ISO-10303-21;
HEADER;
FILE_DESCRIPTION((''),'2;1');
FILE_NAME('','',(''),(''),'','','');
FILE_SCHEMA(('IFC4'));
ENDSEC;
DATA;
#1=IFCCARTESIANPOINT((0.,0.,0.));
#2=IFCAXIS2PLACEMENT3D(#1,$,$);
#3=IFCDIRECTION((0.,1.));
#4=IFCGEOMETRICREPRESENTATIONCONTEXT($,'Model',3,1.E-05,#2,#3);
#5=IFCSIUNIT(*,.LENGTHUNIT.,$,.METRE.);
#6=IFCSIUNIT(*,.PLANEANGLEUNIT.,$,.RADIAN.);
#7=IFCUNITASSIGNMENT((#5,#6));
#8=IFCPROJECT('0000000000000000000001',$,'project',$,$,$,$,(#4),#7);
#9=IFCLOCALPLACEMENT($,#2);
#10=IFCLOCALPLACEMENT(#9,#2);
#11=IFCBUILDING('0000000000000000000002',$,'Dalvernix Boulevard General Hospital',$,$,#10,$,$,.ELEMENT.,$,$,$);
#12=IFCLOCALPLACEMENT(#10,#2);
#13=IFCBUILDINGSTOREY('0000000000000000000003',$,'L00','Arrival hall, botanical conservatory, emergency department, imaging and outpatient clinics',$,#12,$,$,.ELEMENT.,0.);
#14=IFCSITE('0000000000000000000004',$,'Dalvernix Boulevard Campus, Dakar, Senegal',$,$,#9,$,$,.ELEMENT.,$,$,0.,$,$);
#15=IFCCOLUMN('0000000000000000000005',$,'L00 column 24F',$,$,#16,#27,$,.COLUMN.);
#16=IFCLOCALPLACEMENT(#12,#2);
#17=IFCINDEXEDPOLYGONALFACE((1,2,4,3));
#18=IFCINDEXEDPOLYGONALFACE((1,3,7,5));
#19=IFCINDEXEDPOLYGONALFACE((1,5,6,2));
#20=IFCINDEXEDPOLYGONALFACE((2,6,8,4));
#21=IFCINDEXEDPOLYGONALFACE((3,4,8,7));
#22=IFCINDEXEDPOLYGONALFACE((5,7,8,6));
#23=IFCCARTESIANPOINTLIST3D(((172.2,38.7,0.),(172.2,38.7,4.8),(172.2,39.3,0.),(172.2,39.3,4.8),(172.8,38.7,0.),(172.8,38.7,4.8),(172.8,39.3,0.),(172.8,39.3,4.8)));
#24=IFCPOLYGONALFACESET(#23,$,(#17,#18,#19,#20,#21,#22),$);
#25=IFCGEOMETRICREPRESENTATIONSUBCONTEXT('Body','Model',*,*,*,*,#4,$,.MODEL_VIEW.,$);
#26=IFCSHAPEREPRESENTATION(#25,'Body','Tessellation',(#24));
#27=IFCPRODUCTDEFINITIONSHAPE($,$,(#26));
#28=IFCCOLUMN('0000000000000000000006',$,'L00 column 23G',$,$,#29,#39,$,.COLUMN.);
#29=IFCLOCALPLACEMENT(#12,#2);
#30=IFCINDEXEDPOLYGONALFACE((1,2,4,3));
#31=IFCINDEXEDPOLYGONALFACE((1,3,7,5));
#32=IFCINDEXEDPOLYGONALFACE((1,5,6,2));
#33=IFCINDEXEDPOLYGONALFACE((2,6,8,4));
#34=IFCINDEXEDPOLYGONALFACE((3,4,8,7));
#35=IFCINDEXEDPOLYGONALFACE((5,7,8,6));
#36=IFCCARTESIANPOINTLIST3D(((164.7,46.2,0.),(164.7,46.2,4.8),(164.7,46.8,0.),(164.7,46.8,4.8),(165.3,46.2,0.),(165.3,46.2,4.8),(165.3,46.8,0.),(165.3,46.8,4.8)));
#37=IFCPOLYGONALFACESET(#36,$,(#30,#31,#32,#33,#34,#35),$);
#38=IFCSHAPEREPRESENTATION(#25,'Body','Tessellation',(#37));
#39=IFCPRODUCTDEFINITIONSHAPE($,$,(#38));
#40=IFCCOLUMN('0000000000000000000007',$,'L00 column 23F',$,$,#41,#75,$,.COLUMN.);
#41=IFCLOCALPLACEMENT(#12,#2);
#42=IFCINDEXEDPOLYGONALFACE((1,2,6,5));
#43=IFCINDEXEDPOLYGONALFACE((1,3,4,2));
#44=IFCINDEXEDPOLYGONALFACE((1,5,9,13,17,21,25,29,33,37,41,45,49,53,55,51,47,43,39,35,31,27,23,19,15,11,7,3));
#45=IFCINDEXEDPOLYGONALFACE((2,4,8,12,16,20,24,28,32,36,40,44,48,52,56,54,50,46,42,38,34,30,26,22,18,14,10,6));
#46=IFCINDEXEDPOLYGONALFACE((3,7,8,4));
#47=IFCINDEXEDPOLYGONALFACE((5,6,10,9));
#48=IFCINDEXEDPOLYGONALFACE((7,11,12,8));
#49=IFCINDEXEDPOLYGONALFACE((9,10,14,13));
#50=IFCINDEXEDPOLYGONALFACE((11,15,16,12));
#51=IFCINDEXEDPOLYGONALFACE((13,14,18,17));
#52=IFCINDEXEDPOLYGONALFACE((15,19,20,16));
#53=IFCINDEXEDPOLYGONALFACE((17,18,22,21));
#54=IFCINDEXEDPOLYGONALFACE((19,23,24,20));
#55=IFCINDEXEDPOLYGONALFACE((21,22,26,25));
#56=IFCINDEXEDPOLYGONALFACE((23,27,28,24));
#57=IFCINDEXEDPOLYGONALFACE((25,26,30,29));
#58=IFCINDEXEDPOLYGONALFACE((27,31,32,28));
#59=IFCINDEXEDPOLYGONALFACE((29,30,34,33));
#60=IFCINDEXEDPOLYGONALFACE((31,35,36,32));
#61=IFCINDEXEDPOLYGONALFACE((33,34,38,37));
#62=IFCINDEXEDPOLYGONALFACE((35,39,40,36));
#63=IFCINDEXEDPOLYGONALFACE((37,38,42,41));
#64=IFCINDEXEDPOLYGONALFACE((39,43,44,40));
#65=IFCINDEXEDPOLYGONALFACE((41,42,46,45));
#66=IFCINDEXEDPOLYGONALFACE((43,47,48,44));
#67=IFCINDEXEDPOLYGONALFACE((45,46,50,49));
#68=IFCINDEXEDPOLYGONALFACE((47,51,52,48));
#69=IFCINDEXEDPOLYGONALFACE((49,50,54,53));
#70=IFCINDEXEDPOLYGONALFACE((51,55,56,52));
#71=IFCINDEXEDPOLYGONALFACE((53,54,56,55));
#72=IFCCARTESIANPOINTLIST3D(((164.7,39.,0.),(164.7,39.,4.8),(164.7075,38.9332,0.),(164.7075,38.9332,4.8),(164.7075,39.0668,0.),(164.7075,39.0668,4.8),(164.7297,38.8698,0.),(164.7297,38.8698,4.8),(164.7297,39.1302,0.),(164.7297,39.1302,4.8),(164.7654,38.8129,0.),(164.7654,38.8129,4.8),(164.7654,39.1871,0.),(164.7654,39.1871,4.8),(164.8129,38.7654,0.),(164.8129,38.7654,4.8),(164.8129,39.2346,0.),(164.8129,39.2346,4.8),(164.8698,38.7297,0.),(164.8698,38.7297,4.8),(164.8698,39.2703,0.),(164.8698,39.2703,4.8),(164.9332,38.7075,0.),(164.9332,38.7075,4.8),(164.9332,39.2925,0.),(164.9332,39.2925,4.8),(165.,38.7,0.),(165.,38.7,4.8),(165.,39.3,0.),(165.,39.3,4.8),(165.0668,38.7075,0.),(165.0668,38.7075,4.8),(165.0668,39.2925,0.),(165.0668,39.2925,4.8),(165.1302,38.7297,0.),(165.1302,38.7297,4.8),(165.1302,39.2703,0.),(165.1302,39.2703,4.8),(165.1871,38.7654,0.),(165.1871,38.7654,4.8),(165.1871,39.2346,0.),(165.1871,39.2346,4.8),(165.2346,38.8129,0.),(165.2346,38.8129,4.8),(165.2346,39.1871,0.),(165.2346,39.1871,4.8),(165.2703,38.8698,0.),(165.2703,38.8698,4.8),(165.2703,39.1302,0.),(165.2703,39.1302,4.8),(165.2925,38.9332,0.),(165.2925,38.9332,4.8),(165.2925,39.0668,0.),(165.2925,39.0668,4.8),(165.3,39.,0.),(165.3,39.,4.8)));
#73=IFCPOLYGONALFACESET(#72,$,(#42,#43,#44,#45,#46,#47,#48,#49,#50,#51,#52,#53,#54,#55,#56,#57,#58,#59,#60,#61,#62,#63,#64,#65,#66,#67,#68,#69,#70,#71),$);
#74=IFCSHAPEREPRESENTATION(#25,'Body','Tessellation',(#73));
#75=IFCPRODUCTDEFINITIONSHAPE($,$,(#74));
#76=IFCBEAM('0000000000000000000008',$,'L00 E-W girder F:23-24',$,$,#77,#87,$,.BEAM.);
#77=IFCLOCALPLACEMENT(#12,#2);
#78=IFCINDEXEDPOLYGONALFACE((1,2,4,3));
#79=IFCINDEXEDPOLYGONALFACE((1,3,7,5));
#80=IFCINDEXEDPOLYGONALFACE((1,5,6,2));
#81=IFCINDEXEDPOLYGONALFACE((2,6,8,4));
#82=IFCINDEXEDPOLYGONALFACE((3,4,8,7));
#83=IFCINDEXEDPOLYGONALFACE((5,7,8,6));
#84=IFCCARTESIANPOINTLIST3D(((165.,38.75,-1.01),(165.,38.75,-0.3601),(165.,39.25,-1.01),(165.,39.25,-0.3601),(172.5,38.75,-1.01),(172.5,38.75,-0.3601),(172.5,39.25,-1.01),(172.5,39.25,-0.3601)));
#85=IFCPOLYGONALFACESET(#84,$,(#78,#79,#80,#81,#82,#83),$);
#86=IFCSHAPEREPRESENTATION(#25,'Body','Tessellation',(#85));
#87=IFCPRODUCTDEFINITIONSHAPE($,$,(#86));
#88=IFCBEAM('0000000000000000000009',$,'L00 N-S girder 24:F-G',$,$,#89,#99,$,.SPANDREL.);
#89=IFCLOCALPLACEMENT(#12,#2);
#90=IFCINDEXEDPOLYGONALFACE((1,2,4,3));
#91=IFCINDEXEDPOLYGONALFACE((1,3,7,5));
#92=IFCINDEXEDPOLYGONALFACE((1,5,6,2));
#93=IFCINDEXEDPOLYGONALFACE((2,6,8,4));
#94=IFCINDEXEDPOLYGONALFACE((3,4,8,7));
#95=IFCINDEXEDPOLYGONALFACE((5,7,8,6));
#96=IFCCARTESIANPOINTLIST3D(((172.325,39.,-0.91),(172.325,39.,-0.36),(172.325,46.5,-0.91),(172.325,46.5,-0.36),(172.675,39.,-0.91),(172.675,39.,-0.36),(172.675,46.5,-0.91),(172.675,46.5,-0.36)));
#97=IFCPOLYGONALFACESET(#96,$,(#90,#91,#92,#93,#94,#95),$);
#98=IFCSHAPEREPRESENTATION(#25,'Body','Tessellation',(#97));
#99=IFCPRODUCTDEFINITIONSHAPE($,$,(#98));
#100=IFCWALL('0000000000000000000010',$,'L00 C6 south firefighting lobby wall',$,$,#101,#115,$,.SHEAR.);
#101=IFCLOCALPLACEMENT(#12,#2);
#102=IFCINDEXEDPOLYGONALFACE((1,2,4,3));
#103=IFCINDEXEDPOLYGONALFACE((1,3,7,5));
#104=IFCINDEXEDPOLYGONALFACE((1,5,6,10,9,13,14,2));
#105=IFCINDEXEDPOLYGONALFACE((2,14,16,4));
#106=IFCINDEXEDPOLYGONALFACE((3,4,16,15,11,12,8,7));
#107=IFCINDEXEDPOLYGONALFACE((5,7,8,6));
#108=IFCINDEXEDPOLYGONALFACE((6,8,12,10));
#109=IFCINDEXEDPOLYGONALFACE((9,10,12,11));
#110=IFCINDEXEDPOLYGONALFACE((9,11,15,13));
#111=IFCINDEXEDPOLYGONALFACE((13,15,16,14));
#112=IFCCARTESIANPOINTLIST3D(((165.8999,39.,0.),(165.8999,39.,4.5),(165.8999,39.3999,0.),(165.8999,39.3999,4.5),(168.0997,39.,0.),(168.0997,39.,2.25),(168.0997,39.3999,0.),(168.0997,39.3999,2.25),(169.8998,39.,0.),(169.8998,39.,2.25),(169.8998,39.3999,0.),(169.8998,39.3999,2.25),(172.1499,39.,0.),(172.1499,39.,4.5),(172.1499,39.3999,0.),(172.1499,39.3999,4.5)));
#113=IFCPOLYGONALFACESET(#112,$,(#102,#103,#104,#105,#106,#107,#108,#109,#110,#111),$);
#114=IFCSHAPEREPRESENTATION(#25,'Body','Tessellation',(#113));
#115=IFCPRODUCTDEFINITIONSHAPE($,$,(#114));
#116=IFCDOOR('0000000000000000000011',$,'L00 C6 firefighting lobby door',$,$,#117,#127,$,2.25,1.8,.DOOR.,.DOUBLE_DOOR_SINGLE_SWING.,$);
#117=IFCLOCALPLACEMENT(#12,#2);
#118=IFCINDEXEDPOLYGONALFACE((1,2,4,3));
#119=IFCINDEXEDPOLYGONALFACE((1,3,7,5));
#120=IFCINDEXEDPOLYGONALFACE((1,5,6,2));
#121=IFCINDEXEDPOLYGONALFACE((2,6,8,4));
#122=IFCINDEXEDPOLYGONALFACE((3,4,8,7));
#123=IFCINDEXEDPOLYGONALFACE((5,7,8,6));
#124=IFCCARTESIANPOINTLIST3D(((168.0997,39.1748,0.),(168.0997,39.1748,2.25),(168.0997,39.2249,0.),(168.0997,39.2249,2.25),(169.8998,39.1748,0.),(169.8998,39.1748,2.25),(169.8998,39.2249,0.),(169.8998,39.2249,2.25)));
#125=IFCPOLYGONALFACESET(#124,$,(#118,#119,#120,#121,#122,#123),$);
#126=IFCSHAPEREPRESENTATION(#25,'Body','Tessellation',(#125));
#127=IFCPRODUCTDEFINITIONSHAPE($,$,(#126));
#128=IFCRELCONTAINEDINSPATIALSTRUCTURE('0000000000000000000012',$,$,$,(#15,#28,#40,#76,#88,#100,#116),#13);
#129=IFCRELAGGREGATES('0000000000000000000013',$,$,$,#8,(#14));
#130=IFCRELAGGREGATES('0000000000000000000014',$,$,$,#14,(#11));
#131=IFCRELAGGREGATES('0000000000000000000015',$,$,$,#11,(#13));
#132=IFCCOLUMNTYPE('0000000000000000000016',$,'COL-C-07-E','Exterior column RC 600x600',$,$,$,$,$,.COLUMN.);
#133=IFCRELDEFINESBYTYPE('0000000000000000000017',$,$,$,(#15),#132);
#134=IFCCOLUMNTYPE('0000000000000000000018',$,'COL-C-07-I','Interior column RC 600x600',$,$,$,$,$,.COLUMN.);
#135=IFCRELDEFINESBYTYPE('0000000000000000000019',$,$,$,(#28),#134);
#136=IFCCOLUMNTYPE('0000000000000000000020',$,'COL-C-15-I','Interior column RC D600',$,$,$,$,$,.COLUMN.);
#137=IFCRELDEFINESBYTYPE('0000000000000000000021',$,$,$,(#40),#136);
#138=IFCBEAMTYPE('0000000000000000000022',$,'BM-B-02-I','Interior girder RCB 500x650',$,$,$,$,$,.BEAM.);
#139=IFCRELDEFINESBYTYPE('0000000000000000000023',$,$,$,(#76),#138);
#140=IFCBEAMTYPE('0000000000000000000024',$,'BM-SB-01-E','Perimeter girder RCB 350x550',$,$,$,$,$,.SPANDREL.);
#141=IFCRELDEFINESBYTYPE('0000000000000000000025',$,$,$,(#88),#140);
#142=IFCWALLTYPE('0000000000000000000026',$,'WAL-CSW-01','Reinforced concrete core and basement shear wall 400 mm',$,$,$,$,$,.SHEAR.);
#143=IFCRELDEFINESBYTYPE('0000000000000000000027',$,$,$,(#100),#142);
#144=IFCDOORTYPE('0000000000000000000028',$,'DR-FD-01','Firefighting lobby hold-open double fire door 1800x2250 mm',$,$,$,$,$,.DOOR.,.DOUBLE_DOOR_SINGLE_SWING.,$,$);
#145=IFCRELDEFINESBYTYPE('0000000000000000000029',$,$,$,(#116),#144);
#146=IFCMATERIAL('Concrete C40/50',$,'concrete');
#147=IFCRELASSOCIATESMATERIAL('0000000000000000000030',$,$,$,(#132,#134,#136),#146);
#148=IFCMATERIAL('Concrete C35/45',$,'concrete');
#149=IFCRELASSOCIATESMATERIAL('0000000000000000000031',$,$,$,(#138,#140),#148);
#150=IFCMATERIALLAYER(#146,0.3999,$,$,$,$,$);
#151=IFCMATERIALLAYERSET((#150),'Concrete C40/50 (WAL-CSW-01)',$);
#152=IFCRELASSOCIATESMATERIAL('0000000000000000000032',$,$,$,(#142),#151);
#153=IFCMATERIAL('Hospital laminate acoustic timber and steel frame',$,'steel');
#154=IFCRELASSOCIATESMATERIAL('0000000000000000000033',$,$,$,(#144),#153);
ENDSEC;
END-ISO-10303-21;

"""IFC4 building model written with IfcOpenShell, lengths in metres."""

from ifc_helpers import new_model, si_unit, direction, frame, frame_2d, origin, origin_2d, place, context, subcontext, project, spatial, rectangle, circle, extrude, material, layer, layer_set, material_profile, profile_set, type_object, element, fill, save


model = new_model("IFC4")

# Units and contexts
model_context = context("Model", 3, precision=1e-05, world=origin(), true_north=direction((0.0, 1.0)))
body_context = subcontext(model_context, "Body", "Model", "MODEL_VIEW")
ifc_project = project(units=[si_unit("LENGTHUNIT", "METRE"), si_unit("PLANEANGLEUNIT", "RADIAN")], contexts=[model_context])

# Site, building, storey
site_placement = place(None, origin())
site = spatial("IfcSite", under=ifc_project, at=site_placement, Name="Dalvernix Boulevard Campus, Dakar, Senegal", CompositionType="ELEMENT", RefElevation=0.0)
building_placement = place(site_placement, origin())
building = spatial("IfcBuilding", under=site, at=building_placement, Name="Dalvernix Boulevard General Hospital", CompositionType="ELEMENT")
storey_placement = place(building_placement, origin())
storey = spatial("IfcBuildingStorey", under=building, at=storey_placement, Name="L00", Description="Arrival hall, botanical conservatory, emergency department, imaging and outpatient clinics", CompositionType="ELEMENT", Elevation=0.0)

# Columns
ifc_material_1 = material(Name="Concrete C40/50", Category="concrete")
ifc_material_profile_1 = material_profile(ifc_material_1, rectangle(XDim=0.6001, YDim=0.6001, at=origin_2d()), Name="RC 600x600")
ifc_profile_set_1 = profile_set([ifc_material_profile_1], Name="Concrete C40/50")
column_type_1 = type_object("IfcColumnType", Name="COL-C-07-E", Description="Exterior column RC 600x600", PredefinedType="COLUMN", material=ifc_profile_set_1)
column_1_placement = place(storey_placement, frame((172.5, 39.0, 0.0), z_axis=(0.0, 0.0, 1.0), x_axis=(1.0, 0.0, 0.0)))
element("IfcColumn", 1, at=column_1_placement, inside=storey, type_object=column_type_1, Name="L00 column 24F", PredefinedType="COLUMN", context=body_context, shape_type="SweptSolid", body=[
    extrude(rectangle(XDim=0.6001, YDim=0.6001, at=origin_2d()), origin(), (0.0, 0.0, 1.0), 4.8),
])
ifc_material_profile_2 = material_profile(ifc_material_1, rectangle(XDim=0.6001, YDim=0.6001, at=origin_2d()), Name="RC 600x600")
ifc_profile_set_2 = profile_set([ifc_material_profile_2], Name="Concrete C40/50")
column_type_2 = type_object("IfcColumnType", Name="COL-C-07-I", Description="Interior column RC 600x600", PredefinedType="COLUMN", material=ifc_profile_set_2)
column_2_placement = place(storey_placement, frame((165.0, 46.5, 0.0), z_axis=(0.0, 0.0, 1.0), x_axis=(1.0, 0.0, 0.0)))
element("IfcColumn", 2, at=column_2_placement, inside=storey, type_object=column_type_2, Name="L00 column 23G", PredefinedType="COLUMN", context=body_context, shape_type="SweptSolid", body=[
    extrude(rectangle(XDim=0.6001, YDim=0.6001, at=origin_2d()), origin(), (0.0, 0.0, 1.0), 4.8),
])
ifc_material_profile_3 = material_profile(ifc_material_1, circle(Radius=0.3, at=origin_2d()), Name="RC D600")
ifc_profile_set_3 = profile_set([ifc_material_profile_3], Name="Concrete C40/50")
column_type_3 = type_object("IfcColumnType", Name="COL-C-15-I", Description="Interior column RC D600", PredefinedType="COLUMN", material=ifc_profile_set_3)
column_3_placement = place(storey_placement, frame((165.0, 39.0, 0.0), z_axis=(0.0, 0.0, 1.0), x_axis=(1.0, 0.0, 0.0)))
element("IfcColumn", 3, at=column_3_placement, inside=storey, type_object=column_type_3, Name="L00 column 23F", PredefinedType="COLUMN", context=body_context, shape_type="SweptSolid", body=[
    extrude(circle(Radius=0.3, at=origin_2d()), origin(), (0.0, 0.0, 1.0), 4.8),
])

# Beams
ifc_material_2 = material(Name="Concrete C35/45", Category="concrete")
ifc_material_profile_4 = material_profile(ifc_material_2, rectangle(XDim=0.5, YDim=0.6499, at=origin_2d()), Name="RCB 500x650")
ifc_profile_set_4 = profile_set([ifc_material_profile_4], Name="Concrete C35/45")
beam_type_1 = type_object("IfcBeamType", Name="BM-B-02-I", Description="Interior girder RCB 500x650", PredefinedType="BEAM", material=ifc_profile_set_4)
beam_1_placement = place(storey_placement, frame((165.0, 39.0, -0.6851), z_axis=(1.0, 0.0, 0.0), x_axis=(0.0, 1.0, 0.0)))
element("IfcBeam", 4, at=beam_1_placement, inside=storey, type_object=beam_type_1, Name="L00 E-W girder F:23-24", PredefinedType="BEAM", context=body_context, shape_type="SweptSolid", body=[
    extrude(rectangle(XDim=0.5, YDim=0.6499, at=origin_2d()), origin(), (0.0, 0.0, 1.0), 7.5),
])
ifc_material_profile_5 = material_profile(ifc_material_2, rectangle(XDim=0.3501, YDim=0.55, at=origin_2d()), Name="RCB 350x550")
ifc_profile_set_5 = profile_set([ifc_material_profile_5], Name="Concrete C35/45")
beam_type_2 = type_object("IfcBeamType", Name="BM-SB-01-E", Description="Perimeter girder RCB 350x550", PredefinedType="SPANDREL", material=ifc_profile_set_5)
beam_2_placement = place(storey_placement, frame((172.5, 39.0, -0.635), z_axis=(0.0, 1.0, 0.0), x_axis=(-1.0, 0.0, 0.0)))
element("IfcBeam", 5, at=beam_2_placement, inside=storey, type_object=beam_type_2, Name="L00 N-S girder 24:F-G", PredefinedType="SPANDREL", context=body_context, shape_type="SweptSolid", body=[
    extrude(rectangle(XDim=0.3501, YDim=0.55, at=origin_2d()), origin(), (0.0, 0.0, 1.0), 7.5),
])

# Wall, opening, door
ifc_layer_1 = layer(ifc_material_1, 0.3999)
ifc_layer_set_1 = layer_set([ifc_layer_1], Name="Concrete C40/50 (WAL-CSW-01)")
wall_type_1 = type_object("IfcWallType", Name="WAL-CSW-01", Description="Reinforced concrete core and basement shear wall 400 mm", PredefinedType="SHEAR", material=ifc_layer_set_1)
wall_1_placement = place(storey_placement, frame((165.8999, 39.2, 0.0), z_axis=(0.0, 0.0, 1.0), x_axis=(1.0, 0.0, 0.0)))
wall_1 = element("IfcWall", 6, at=wall_1_placement, inside=storey, type_object=wall_type_1, Name="L00 C6 south firefighting lobby wall", PredefinedType="SHEAR", context=body_context, shape_type="SweptSolid", body=[
    extrude(rectangle(XDim=6.25, YDim=0.3999, at=frame_2d((3.125, 0.0))), origin(), (0.0, 0.0, 1.0), 4.5),
])
opening_1_placement = place(wall_1_placement, frame((2.2, 0.0, 0.0)))
opening_1 = element("IfcOpeningElement", 7, at=opening_1_placement, cuts=wall_1, PredefinedType="OPENING", context=body_context, shape_type="SweptSolid", body=[
    extrude(rectangle(XDim=1.8, YDim=2.25, at=frame_2d((0.8999, 1.125))), frame((0.0, 0.21, 0.0), z_axis=(0.0, -1.0, 0.0), x_axis=(1.0, 0.0, 0.0)), (0.0, 0.0, 1.0), 0.4199),
])
ifc_material_3 = material(Name="Hospital laminate acoustic timber and steel frame", Category="steel")
door_type_1 = type_object("IfcDoorType", Name="DR-FD-01", Description="Firefighting lobby hold-open double fire door 1800x2250 mm", OperationType="DOUBLE_DOOR_SINGLE_SWING", PredefinedType="DOOR", material=ifc_material_3)
door_1_placement = place(opening_1_placement, origin())
door_1 = element("IfcDoor", 8, at=door_1_placement, inside=storey, type_object=door_type_1, Name="L00 C6 firefighting lobby door", OperationType="DOUBLE_DOOR_SINGLE_SWING", OverallHeight=2.25, OverallWidth=1.8, PredefinedType="DOOR", context=body_context, shape_type="SweptSolid", body=[
    extrude(rectangle(XDim=1.8, YDim=2.25, at=frame_2d((0.8999, 1.125))), frame((0.0, 0.0249, 0.0), z_axis=(0.0, -1.0, 0.0), x_axis=(1.0, 0.0, 0.0)), (0.0, 0.0, 1.0), 0.05),
])
fill(opening_1, door_1)

save(model, "model.ifc")
